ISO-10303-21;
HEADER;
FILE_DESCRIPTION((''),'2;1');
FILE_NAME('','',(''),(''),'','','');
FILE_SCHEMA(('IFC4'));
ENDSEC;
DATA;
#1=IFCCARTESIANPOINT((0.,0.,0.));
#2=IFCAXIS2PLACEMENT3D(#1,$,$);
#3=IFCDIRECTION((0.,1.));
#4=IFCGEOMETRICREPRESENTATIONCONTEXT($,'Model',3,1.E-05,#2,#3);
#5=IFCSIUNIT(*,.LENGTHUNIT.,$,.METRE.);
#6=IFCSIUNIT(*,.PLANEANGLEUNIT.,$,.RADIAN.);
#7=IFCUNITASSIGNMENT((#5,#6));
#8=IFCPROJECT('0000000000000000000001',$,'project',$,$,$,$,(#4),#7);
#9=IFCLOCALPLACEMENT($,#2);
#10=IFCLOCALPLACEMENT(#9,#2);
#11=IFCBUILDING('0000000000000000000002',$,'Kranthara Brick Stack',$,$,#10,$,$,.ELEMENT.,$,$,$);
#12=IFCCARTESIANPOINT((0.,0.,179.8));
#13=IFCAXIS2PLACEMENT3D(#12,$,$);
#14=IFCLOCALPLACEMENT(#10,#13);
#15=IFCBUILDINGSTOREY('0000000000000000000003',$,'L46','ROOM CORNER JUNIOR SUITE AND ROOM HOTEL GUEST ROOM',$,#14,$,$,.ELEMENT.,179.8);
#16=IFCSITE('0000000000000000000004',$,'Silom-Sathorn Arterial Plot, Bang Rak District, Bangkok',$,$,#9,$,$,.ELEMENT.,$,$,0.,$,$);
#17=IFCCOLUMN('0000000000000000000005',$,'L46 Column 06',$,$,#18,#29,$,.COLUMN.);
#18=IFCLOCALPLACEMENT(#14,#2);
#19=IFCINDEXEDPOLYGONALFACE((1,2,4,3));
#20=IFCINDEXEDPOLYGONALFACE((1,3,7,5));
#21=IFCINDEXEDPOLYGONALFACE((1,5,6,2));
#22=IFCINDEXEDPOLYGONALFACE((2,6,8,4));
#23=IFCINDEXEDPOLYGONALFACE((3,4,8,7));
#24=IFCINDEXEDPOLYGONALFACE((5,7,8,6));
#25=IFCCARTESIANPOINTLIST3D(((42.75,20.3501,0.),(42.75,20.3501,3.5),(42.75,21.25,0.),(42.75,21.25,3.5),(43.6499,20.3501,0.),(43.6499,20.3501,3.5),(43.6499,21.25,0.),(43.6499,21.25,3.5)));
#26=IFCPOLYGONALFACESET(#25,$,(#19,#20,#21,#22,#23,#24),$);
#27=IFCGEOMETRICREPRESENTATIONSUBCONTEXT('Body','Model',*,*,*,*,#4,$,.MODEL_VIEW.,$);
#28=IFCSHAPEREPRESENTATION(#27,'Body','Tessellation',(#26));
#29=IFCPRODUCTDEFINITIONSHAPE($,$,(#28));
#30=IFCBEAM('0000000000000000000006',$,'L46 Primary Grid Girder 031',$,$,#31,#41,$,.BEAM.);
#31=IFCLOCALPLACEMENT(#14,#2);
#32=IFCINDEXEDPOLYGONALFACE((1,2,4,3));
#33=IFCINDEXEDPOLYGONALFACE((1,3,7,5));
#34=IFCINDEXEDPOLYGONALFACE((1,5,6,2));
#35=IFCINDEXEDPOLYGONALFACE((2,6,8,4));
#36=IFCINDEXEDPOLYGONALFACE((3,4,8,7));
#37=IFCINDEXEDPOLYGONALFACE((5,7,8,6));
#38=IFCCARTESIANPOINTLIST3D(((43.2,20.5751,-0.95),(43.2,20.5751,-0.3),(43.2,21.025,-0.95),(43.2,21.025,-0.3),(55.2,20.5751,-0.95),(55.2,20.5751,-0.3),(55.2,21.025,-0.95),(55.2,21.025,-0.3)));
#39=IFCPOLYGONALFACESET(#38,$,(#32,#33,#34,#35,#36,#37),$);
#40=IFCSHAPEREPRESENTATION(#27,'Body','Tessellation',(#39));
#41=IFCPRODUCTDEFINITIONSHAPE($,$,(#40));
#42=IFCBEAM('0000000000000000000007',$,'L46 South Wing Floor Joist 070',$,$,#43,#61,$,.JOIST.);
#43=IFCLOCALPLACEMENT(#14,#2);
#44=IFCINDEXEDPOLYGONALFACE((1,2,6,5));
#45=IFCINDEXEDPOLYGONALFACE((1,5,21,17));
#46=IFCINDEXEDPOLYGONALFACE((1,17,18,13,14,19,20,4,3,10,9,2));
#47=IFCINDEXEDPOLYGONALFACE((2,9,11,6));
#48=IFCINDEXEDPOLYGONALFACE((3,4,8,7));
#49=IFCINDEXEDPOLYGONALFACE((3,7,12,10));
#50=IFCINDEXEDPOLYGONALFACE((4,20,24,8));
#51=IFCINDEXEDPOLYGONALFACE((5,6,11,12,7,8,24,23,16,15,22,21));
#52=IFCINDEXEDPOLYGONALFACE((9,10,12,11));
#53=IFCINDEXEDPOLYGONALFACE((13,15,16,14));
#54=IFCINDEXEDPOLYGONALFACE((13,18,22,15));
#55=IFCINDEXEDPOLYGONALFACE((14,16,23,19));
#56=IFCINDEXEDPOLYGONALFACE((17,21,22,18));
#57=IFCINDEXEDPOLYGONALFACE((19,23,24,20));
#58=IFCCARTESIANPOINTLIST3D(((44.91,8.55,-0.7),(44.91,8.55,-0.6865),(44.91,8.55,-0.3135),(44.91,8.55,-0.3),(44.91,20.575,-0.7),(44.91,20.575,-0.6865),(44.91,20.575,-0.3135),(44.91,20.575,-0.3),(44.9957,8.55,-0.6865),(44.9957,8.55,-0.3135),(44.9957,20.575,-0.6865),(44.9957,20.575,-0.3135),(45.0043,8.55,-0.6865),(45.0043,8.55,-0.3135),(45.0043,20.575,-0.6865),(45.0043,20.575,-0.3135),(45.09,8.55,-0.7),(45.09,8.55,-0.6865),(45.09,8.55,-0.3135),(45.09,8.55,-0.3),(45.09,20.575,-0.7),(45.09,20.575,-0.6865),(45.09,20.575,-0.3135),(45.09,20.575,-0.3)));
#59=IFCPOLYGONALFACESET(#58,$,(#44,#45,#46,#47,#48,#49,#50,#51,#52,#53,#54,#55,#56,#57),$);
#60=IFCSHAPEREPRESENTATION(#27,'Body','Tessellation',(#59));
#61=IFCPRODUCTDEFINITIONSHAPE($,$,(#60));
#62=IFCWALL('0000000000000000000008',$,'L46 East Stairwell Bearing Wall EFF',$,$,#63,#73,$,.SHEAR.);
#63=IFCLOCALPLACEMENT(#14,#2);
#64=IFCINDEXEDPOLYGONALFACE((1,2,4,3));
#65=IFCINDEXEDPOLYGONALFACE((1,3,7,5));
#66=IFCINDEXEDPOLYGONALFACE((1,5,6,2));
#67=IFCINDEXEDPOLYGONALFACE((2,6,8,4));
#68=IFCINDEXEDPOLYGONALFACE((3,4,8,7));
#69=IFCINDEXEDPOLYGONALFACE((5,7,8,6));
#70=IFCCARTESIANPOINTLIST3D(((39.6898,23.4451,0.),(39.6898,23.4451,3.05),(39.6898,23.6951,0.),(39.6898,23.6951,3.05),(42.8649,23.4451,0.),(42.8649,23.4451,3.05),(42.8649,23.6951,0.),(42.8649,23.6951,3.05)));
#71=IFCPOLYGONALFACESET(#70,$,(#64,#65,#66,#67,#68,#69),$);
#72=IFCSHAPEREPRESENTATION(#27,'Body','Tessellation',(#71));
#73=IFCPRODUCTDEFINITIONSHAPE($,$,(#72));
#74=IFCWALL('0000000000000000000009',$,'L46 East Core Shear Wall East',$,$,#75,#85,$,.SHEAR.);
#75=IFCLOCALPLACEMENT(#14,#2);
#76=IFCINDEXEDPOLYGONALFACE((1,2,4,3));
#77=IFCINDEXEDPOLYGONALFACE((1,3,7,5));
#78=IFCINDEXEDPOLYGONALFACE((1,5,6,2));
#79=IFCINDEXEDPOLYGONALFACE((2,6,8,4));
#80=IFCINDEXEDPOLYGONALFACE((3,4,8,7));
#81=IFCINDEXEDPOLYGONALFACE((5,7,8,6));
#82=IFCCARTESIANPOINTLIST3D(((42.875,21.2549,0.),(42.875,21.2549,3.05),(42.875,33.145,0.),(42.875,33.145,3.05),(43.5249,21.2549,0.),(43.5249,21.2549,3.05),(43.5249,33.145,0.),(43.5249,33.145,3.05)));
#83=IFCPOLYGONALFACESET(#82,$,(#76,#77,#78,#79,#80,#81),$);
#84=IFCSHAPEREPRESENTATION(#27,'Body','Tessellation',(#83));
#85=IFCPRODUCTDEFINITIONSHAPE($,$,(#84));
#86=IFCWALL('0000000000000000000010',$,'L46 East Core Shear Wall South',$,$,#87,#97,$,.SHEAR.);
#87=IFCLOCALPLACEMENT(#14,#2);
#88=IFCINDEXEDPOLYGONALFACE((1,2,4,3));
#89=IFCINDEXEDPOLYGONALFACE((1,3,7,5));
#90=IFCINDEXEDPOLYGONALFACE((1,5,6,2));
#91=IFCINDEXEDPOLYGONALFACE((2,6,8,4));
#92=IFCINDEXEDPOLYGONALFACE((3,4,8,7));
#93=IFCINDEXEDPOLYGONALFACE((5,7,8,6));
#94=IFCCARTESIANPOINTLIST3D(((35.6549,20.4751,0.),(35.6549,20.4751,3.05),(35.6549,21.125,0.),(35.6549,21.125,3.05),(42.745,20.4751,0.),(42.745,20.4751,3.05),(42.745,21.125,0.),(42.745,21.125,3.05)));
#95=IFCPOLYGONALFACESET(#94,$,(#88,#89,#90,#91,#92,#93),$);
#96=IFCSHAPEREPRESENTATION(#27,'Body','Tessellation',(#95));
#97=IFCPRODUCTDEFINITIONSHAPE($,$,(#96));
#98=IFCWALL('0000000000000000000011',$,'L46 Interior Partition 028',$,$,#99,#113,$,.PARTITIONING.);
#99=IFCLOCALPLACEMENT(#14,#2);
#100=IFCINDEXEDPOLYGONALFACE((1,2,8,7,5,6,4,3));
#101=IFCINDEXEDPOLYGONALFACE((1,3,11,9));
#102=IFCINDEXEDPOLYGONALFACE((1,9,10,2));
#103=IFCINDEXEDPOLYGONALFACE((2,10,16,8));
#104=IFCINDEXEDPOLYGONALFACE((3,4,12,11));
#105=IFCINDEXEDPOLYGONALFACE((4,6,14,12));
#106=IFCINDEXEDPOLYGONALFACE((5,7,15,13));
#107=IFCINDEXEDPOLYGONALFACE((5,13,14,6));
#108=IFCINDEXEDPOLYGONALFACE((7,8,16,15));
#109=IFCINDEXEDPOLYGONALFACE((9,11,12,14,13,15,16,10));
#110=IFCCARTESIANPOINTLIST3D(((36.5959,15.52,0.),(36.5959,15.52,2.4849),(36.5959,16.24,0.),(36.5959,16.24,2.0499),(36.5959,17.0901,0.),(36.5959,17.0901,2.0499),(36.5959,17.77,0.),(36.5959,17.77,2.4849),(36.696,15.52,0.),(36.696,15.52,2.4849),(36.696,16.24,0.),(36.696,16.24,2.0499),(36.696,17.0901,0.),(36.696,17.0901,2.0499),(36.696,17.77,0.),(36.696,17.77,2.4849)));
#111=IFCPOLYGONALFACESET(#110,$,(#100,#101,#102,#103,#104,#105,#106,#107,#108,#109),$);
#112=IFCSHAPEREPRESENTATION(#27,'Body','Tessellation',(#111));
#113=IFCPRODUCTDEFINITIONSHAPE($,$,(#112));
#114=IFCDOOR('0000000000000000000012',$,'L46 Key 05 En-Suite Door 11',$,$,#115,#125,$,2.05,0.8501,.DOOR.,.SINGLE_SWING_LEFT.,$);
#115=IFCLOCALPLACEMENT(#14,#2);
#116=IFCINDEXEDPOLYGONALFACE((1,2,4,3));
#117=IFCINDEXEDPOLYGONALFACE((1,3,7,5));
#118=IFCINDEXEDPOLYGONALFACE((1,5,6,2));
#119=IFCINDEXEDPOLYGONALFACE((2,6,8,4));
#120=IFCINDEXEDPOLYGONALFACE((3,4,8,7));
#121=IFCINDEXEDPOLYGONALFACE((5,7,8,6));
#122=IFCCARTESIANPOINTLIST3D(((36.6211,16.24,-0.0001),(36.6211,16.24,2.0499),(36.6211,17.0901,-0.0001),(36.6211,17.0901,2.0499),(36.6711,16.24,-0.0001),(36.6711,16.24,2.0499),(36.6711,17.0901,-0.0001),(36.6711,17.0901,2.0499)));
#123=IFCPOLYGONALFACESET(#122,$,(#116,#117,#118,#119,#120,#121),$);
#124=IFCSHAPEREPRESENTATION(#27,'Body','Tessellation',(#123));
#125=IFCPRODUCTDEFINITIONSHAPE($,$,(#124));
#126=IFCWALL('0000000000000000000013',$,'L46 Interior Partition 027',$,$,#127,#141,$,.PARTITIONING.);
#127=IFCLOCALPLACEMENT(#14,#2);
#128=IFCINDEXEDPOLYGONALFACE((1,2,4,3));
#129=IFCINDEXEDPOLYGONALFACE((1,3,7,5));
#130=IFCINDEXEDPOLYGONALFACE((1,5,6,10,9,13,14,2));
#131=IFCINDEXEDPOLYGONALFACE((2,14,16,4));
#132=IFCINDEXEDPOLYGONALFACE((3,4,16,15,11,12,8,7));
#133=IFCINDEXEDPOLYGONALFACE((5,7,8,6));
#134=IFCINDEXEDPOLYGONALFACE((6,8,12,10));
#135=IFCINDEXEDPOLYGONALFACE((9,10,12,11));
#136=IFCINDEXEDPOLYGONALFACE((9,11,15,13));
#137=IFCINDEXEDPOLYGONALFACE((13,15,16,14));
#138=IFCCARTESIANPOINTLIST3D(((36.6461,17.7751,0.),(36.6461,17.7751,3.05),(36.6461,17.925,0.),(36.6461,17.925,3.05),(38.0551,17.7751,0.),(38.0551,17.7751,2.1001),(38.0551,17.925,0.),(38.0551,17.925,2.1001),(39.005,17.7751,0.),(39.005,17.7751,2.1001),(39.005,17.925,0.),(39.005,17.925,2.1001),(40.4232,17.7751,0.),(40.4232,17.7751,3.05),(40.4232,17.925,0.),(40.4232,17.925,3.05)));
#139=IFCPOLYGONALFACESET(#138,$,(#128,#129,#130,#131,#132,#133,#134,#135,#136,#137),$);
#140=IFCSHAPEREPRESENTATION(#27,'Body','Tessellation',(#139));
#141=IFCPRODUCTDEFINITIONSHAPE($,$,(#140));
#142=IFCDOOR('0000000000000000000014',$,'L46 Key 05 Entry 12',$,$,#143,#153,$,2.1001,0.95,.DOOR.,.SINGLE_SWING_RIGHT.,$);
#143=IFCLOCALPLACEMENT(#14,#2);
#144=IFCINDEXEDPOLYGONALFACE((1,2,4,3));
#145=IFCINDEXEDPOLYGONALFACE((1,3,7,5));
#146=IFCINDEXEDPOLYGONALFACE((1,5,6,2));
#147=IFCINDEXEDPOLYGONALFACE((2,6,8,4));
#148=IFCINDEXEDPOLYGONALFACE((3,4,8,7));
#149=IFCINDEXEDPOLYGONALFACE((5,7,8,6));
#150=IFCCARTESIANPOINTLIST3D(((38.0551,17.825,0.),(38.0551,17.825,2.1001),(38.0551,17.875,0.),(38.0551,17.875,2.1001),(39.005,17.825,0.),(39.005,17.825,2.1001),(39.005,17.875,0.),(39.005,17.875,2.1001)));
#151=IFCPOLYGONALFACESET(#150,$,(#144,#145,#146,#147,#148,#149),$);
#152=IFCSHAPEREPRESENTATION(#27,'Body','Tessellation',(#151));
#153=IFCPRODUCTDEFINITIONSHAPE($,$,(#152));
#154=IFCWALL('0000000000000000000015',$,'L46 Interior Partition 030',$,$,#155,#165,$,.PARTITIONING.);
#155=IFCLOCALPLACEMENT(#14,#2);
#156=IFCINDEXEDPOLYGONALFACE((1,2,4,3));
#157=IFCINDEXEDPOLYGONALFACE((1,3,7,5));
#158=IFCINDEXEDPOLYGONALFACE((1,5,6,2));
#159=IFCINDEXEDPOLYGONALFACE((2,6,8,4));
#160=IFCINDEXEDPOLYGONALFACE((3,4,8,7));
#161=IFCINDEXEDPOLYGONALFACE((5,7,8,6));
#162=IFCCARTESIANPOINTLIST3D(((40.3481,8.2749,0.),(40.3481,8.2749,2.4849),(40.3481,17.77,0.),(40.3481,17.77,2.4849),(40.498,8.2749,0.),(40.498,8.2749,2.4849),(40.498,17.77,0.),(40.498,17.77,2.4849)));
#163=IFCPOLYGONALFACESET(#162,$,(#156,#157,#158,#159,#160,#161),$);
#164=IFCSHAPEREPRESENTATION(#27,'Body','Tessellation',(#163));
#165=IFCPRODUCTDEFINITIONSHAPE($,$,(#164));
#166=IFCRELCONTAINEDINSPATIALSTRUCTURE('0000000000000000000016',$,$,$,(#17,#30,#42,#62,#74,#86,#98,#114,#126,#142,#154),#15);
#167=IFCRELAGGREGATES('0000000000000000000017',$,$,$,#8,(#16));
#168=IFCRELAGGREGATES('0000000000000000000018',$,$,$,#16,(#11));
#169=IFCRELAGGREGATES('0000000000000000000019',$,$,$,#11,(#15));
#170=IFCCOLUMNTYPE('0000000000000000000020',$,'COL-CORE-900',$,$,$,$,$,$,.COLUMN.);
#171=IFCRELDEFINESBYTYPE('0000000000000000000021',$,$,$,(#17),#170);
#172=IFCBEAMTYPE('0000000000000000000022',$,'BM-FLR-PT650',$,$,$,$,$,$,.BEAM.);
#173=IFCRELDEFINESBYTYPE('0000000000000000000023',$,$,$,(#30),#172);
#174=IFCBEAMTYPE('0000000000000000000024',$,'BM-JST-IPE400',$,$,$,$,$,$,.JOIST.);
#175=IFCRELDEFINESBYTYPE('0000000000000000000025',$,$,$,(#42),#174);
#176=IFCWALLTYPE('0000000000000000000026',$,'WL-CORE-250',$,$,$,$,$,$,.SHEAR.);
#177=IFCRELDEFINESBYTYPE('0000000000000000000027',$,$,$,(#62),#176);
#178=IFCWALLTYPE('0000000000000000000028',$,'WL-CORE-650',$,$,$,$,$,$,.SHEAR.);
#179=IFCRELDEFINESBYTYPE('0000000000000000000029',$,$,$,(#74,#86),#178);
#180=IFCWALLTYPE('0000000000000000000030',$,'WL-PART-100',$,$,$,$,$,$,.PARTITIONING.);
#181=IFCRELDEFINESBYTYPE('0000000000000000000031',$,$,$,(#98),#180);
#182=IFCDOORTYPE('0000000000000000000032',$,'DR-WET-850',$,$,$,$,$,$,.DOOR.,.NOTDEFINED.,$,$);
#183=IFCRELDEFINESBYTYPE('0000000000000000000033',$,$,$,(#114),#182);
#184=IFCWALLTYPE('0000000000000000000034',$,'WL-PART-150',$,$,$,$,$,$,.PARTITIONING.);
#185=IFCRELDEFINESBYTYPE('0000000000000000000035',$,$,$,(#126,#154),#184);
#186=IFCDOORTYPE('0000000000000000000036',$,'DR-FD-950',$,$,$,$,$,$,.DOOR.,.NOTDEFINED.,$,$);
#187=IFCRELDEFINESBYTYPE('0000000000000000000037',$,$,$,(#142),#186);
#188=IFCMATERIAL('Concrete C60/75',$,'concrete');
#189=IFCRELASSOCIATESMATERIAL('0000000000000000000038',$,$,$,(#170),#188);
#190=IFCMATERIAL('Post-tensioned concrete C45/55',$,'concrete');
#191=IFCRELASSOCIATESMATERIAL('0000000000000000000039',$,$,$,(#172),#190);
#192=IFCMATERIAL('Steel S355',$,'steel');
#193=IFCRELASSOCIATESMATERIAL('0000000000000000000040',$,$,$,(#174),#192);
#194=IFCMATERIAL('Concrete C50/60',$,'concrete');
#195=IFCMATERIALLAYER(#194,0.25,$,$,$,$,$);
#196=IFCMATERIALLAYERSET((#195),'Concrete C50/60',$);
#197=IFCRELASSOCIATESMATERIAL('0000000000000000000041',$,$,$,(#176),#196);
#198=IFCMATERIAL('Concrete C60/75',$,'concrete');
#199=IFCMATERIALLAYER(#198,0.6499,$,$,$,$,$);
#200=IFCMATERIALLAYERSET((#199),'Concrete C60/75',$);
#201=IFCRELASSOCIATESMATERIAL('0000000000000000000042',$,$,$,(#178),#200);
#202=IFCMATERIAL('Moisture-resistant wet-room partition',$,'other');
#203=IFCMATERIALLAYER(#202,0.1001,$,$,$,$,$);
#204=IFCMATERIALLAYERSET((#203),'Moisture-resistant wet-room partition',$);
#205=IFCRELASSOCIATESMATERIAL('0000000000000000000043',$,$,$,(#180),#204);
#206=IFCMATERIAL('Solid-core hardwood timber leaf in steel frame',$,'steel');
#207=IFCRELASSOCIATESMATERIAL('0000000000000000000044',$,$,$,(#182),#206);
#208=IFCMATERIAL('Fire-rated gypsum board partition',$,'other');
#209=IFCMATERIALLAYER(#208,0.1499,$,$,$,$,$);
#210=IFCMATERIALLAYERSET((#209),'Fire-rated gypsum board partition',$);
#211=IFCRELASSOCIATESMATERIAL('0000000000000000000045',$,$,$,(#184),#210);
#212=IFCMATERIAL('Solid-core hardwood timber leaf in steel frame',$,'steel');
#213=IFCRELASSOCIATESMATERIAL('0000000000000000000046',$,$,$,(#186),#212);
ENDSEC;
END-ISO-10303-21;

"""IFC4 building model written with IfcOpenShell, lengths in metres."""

from ifc_helpers import new_model, si_unit, direction, frame, frame_2d, origin, origin_2d, place, context, subcontext, project, spatial, rectangle, i_section, extrude, material, layer, layer_set, material_profile, profile_set, type_object, element, fill, save


model = new_model("IFC4")

# Units and contexts
model_context = context("Model", 3, precision=1e-05, world=origin(), true_north=direction((0.0, 1.0)))
body_context = subcontext(model_context, "Body", "Model", "MODEL_VIEW")
ifc_project = project(units=[si_unit("LENGTHUNIT", "METRE"), si_unit("PLANEANGLEUNIT", "RADIAN")], contexts=[model_context])

# Site, building, storey
site_placement = place(None, origin())
site = spatial("IfcSite", under=ifc_project, at=site_placement, Name="Silom-Sathorn Arterial Plot, Bang Rak District, Bangkok", CompositionType="ELEMENT", RefElevation=0.0)
building_placement = place(site_placement, origin())
building = spatial("IfcBuilding", under=site, at=building_placement, Name="Kranthara Brick Stack", CompositionType="ELEMENT")
storey_placement = place(building_placement, frame((0.0, 0.0, 179.8)))
storey = spatial("IfcBuildingStorey", under=building, at=storey_placement, Name="L46", Description="ROOM CORNER JUNIOR SUITE AND ROOM HOTEL GUEST ROOM", CompositionType="ELEMENT", Elevation=179.8)

# Column
ifc_material_1 = material(Name="Concrete C60/75", Category="concrete")
ifc_material_profile_1 = material_profile(ifc_material_1, rectangle(XDim=0.8999, YDim=0.8999, at=origin_2d()), Name="RC 900x900")
ifc_profile_set_1 = profile_set([ifc_material_profile_1], Name="Concrete C60/75")
column_type = type_object("IfcColumnType", Name="COL-CORE-900", PredefinedType="COLUMN", material=ifc_profile_set_1)
column_placement = place(storey_placement, frame((43.2, 20.8, 0.0), z_axis=(0.0, 0.0, 1.0), x_axis=(1.0, 0.0, 0.0)))
element("IfcColumn", 1, at=column_placement, inside=storey, type_object=column_type, Name="L46 Column 06", PredefinedType="COLUMN", context=body_context, shape_type="SweptSolid", body=[
    extrude(rectangle(XDim=0.8999, YDim=0.8999, at=origin_2d()), origin(), (0.0, 0.0, 1.0), 3.5),
])

# Beams
ifc_material_2 = material(Name="Post-tensioned concrete C45/55", Category="concrete")
ifc_material_profile_2 = material_profile(ifc_material_2, rectangle(XDim=0.45, YDim=0.6499, at=origin_2d()), Name="PT 450x650")
ifc_profile_set_2 = profile_set([ifc_material_profile_2], Name="Post-tensioned concrete C45/55")
beam_type_1 = type_object("IfcBeamType", Name="BM-FLR-PT650", PredefinedType="BEAM", material=ifc_profile_set_2)
beam_1_placement = place(storey_placement, frame((43.2, 20.8, -0.625), z_axis=(1.0, 0.0, 0.0), x_axis=(0.0, 1.0, 0.0)))
element("IfcBeam", 2, at=beam_1_placement, inside=storey, type_object=beam_type_1, Name="L46 Primary Grid Girder 031", PredefinedType="BEAM", context=body_context, shape_type="SweptSolid", body=[
    extrude(rectangle(XDim=0.45, YDim=0.6499, at=origin_2d()), origin(), (0.0, 0.0, 1.0), 12.0),
])
ifc_material_3 = material(Name="Steel S355", Category="steel")
ifc_material_profile_3 = material_profile(ifc_material_3, i_section(OverallWidth=0.1799, OverallDepth=0.3999, WebThickness=0.0085, FlangeThickness=0.0134, at=origin_2d()), Name="IPE 400")
ifc_profile_set_3 = profile_set([ifc_material_profile_3], Name="Steel S355")
beam_type_2 = type_object("IfcBeamType", Name="BM-JST-IPE400", PredefinedType="JOIST", material=ifc_profile_set_3)
beam_2_placement = place(storey_placement, frame((45.0, 8.55, -0.5), z_axis=(0.0, 1.0, 0.0), x_axis=(-1.0, 0.0, 0.0)))
element("IfcBeam", 3, at=beam_2_placement, inside=storey, type_object=beam_type_2, Name="L46 South Wing Floor Joist 070", PredefinedType="JOIST", context=body_context, shape_type="SweptSolid", body=[
    extrude(i_section(OverallWidth=0.1799, OverallDepth=0.3999, WebThickness=0.0085, FlangeThickness=0.0134, at=origin_2d()), origin(), (0.0, 0.0, 1.0), 12.0249),
])

# Shared definitions
ifc_material_4 = material(Name="Concrete C50/60", Category="concrete")
ifc_layer_1 = layer(ifc_material_4, 0.25)
ifc_layer_set_1 = layer_set([ifc_layer_1], Name="Concrete C50/60")
wall_type_1 = type_object("IfcWallType", Name="WL-CORE-250", PredefinedType="SHEAR", material=ifc_layer_set_1)

# Walls
wall_1_placement = place(storey_placement, frame((39.6899, 23.5701, 0.0), z_axis=(0.0, 0.0, 1.0), x_axis=(1.0, 0.0, 0.0)))
element("IfcWall", 4, at=wall_1_placement, inside=storey, type_object=wall_type_1, Name="L46 East Stairwell Bearing Wall EFF", PredefinedType="SHEAR", context=body_context, shape_type="SweptSolid", body=[
    extrude(rectangle(XDim=3.175, YDim=0.25, at=frame_2d((1.5874, 0.0))), origin(), (0.0, 0.0, 1.0), 3.05),
])
ifc_material_5 = material(Name="Concrete C60/75", Category="concrete")
ifc_layer_2 = layer(ifc_material_5, 0.6499)
ifc_layer_set_2 = layer_set([ifc_layer_2], Name="Concrete C60/75")
wall_type_2 = type_object("IfcWallType", Name="WL-CORE-650", PredefinedType="SHEAR", material=ifc_layer_set_2)
wall_2_placement = place(storey_placement, frame((43.2, 21.2549, 0.0), z_axis=(0.0, 0.0, 1.0), x_axis=(0.0, 1.0, 0.0)))
element("IfcWall", 5, at=wall_2_placement, inside=storey, type_object=wall_type_2, Name="L46 East Core Shear Wall East", PredefinedType="SHEAR", context=body_context, shape_type="SweptSolid", body=[
    extrude(rectangle(XDim=11.8901, YDim=0.6499, at=frame_2d((5.9451, 0.0))), origin(), (0.0, 0.0, 1.0), 3.05),
])
wall_3_placement = place(storey_placement, frame((35.655, 20.8, 0.0), z_axis=(0.0, 0.0, 1.0), x_axis=(1.0, 0.0, 0.0)))
element("IfcWall", 6, at=wall_3_placement, inside=storey, type_object=wall_type_2, Name="L46 East Core Shear Wall South", PredefinedType="SHEAR", context=body_context, shape_type="SweptSolid", body=[
    extrude(rectangle(XDim=7.0901, YDim=0.6499, at=frame_2d((3.5449, 0.0))), origin(), (0.0, 0.0, 1.0), 3.05),
])

# Walls, openings, doors
ifc_material_6 = material(Name="Moisture-resistant wet-room partition", Category="other")
ifc_layer_3 = layer(ifc_material_6, 0.1001)
ifc_layer_set_3 = layer_set([ifc_layer_3], Name="Moisture-resistant wet-room partition")
wall_type_3 = type_object("IfcWallType", Name="WL-PART-100", PredefinedType="PARTITIONING", material=ifc_layer_set_3)
wall_4_placement = place(storey_placement, frame((36.646, 15.52, 0.0), z_axis=(0.0, 0.0, 1.0), x_axis=(0.0, 1.0, 0.0)))
wall_4 = element("IfcWall", 7, at=wall_4_placement, inside=storey, type_object=wall_type_3, Name="L46 Interior Partition 028", PredefinedType="PARTITIONING", context=body_context, shape_type="SweptSolid", body=[
    extrude(rectangle(XDim=2.25, YDim=0.1001, at=frame_2d((1.125, 0.0))), origin(), (0.0, 0.0, 1.0), 2.4849),
])
opening_1_placement = place(wall_4_placement, frame((0.72, 0.0, 0.0)))
opening_1 = element("IfcOpeningElement", 8, at=opening_1_placement, cuts=wall_4, PredefinedType="OPENING", context=body_context, shape_type="SweptSolid", body=[
    extrude(rectangle(XDim=0.8501, YDim=2.05, at=frame_2d((0.425, 1.0249))), frame((0.0, 0.0601, 0.0), z_axis=(0.0, -1.0, 0.0), x_axis=(1.0, 0.0, 0.0)), (0.0, 0.0, 1.0), 0.1201),
])
ifc_material_7 = material(Name="Solid-core hardwood timber leaf in steel frame", Category="steel")
door_type_1 = type_object("IfcDoorType", Name="DR-WET-850", OperationType="NOTDEFINED", PredefinedType="DOOR", material=ifc_material_7)
door_1_placement = place(opening_1_placement, origin())
door_1 = element("IfcDoor", 9, at=door_1_placement, inside=storey, type_object=door_type_1, Name="L46 Key 05 En-Suite Door 11", OperationType="SINGLE_SWING_LEFT", OverallHeight=2.05, OverallWidth=0.8501, PredefinedType="DOOR", context=body_context, shape_type="SweptSolid", body=[
    extrude(rectangle(XDim=0.8501, YDim=2.05, at=frame_2d((0.425, 1.0249))), frame((0.0, 0.0249, 0.0), z_axis=(0.0, -1.0, 0.0), x_axis=(1.0, 0.0, 0.0)), (0.0, 0.0, 1.0), 0.05),
])
fill(opening_1, door_1)
ifc_material_8 = material(Name="Fire-rated gypsum board partition", Category="other")
ifc_layer_4 = layer(ifc_material_8, 0.1499)
ifc_layer_set_4 = layer_set([ifc_layer_4], Name="Fire-rated gypsum board partition")
wall_type_4 = type_object("IfcWallType", Name="WL-PART-150", PredefinedType="PARTITIONING", material=ifc_layer_set_4)
wall_5_placement = place(storey_placement, frame((36.646, 17.8501, 0.0), z_axis=(0.0, 0.0, 1.0), x_axis=(1.0, 0.0, 0.0)))
wall_5 = element("IfcWall", 10, at=wall_5_placement, inside=storey, type_object=wall_type_4, Name="L46 Interior Partition 027", PredefinedType="PARTITIONING", context=body_context, shape_type="SweptSolid", body=[
    extrude(rectangle(XDim=3.7771, YDim=0.1499, at=frame_2d((1.8887, 0.0))), origin(), (0.0, 0.0, 1.0), 3.05),
])
opening_2_placement = place(wall_5_placement, frame((1.4089, 0.0, 0.0)))
opening_2 = element("IfcOpeningElement", 11, at=opening_2_placement, cuts=wall_5, PredefinedType="OPENING", context=body_context, shape_type="SweptSolid", body=[
    extrude(rectangle(XDim=0.95, YDim=2.1001, at=frame_2d((0.4751, 1.05))), frame((0.0, 0.085, 0.0), z_axis=(0.0, -1.0, 0.0), x_axis=(1.0, 0.0, 0.0)), (0.0, 0.0, 1.0), 0.1699),
])
ifc_material_9 = material(Name="Solid-core hardwood timber leaf in steel frame", Category="steel")
door_type_2 = type_object("IfcDoorType", Name="DR-FD-950", OperationType="NOTDEFINED", PredefinedType="DOOR", material=ifc_material_9)
door_2_placement = place(opening_2_placement, origin())
door_2 = element("IfcDoor", 12, at=door_2_placement, inside=storey, type_object=door_type_2, Name="L46 Key 05 Entry 12", OperationType="SINGLE_SWING_RIGHT", OverallHeight=2.1001, OverallWidth=0.95, PredefinedType="DOOR", context=body_context, shape_type="SweptSolid", body=[
    extrude(rectangle(XDim=0.95, YDim=2.1001, at=frame_2d((0.4751, 1.05))), frame((0.0, 0.0249, 0.0), z_axis=(0.0, -1.0, 0.0), x_axis=(1.0, 0.0, 0.0)), (0.0, 0.0, 1.0), 0.05),
])
fill(opening_2, door_2)

# Wall
wall_6_placement = place(storey_placement, frame((40.4231, 8.2749, 0.0), z_axis=(0.0, 0.0, 1.0), x_axis=(0.0, 1.0, 0.0)))
element("IfcWall", 13, at=wall_6_placement, inside=storey, type_object=wall_type_4, Name="L46 Interior Partition 030", PredefinedType="PARTITIONING", context=body_context, shape_type="SweptSolid", body=[
    extrude(rectangle(XDim=9.4951, YDim=0.1499, at=frame_2d((4.7476, 0.0))), origin(), (0.0, 0.0, 1.0), 2.4849),
])

save(model, "model.ifc")
